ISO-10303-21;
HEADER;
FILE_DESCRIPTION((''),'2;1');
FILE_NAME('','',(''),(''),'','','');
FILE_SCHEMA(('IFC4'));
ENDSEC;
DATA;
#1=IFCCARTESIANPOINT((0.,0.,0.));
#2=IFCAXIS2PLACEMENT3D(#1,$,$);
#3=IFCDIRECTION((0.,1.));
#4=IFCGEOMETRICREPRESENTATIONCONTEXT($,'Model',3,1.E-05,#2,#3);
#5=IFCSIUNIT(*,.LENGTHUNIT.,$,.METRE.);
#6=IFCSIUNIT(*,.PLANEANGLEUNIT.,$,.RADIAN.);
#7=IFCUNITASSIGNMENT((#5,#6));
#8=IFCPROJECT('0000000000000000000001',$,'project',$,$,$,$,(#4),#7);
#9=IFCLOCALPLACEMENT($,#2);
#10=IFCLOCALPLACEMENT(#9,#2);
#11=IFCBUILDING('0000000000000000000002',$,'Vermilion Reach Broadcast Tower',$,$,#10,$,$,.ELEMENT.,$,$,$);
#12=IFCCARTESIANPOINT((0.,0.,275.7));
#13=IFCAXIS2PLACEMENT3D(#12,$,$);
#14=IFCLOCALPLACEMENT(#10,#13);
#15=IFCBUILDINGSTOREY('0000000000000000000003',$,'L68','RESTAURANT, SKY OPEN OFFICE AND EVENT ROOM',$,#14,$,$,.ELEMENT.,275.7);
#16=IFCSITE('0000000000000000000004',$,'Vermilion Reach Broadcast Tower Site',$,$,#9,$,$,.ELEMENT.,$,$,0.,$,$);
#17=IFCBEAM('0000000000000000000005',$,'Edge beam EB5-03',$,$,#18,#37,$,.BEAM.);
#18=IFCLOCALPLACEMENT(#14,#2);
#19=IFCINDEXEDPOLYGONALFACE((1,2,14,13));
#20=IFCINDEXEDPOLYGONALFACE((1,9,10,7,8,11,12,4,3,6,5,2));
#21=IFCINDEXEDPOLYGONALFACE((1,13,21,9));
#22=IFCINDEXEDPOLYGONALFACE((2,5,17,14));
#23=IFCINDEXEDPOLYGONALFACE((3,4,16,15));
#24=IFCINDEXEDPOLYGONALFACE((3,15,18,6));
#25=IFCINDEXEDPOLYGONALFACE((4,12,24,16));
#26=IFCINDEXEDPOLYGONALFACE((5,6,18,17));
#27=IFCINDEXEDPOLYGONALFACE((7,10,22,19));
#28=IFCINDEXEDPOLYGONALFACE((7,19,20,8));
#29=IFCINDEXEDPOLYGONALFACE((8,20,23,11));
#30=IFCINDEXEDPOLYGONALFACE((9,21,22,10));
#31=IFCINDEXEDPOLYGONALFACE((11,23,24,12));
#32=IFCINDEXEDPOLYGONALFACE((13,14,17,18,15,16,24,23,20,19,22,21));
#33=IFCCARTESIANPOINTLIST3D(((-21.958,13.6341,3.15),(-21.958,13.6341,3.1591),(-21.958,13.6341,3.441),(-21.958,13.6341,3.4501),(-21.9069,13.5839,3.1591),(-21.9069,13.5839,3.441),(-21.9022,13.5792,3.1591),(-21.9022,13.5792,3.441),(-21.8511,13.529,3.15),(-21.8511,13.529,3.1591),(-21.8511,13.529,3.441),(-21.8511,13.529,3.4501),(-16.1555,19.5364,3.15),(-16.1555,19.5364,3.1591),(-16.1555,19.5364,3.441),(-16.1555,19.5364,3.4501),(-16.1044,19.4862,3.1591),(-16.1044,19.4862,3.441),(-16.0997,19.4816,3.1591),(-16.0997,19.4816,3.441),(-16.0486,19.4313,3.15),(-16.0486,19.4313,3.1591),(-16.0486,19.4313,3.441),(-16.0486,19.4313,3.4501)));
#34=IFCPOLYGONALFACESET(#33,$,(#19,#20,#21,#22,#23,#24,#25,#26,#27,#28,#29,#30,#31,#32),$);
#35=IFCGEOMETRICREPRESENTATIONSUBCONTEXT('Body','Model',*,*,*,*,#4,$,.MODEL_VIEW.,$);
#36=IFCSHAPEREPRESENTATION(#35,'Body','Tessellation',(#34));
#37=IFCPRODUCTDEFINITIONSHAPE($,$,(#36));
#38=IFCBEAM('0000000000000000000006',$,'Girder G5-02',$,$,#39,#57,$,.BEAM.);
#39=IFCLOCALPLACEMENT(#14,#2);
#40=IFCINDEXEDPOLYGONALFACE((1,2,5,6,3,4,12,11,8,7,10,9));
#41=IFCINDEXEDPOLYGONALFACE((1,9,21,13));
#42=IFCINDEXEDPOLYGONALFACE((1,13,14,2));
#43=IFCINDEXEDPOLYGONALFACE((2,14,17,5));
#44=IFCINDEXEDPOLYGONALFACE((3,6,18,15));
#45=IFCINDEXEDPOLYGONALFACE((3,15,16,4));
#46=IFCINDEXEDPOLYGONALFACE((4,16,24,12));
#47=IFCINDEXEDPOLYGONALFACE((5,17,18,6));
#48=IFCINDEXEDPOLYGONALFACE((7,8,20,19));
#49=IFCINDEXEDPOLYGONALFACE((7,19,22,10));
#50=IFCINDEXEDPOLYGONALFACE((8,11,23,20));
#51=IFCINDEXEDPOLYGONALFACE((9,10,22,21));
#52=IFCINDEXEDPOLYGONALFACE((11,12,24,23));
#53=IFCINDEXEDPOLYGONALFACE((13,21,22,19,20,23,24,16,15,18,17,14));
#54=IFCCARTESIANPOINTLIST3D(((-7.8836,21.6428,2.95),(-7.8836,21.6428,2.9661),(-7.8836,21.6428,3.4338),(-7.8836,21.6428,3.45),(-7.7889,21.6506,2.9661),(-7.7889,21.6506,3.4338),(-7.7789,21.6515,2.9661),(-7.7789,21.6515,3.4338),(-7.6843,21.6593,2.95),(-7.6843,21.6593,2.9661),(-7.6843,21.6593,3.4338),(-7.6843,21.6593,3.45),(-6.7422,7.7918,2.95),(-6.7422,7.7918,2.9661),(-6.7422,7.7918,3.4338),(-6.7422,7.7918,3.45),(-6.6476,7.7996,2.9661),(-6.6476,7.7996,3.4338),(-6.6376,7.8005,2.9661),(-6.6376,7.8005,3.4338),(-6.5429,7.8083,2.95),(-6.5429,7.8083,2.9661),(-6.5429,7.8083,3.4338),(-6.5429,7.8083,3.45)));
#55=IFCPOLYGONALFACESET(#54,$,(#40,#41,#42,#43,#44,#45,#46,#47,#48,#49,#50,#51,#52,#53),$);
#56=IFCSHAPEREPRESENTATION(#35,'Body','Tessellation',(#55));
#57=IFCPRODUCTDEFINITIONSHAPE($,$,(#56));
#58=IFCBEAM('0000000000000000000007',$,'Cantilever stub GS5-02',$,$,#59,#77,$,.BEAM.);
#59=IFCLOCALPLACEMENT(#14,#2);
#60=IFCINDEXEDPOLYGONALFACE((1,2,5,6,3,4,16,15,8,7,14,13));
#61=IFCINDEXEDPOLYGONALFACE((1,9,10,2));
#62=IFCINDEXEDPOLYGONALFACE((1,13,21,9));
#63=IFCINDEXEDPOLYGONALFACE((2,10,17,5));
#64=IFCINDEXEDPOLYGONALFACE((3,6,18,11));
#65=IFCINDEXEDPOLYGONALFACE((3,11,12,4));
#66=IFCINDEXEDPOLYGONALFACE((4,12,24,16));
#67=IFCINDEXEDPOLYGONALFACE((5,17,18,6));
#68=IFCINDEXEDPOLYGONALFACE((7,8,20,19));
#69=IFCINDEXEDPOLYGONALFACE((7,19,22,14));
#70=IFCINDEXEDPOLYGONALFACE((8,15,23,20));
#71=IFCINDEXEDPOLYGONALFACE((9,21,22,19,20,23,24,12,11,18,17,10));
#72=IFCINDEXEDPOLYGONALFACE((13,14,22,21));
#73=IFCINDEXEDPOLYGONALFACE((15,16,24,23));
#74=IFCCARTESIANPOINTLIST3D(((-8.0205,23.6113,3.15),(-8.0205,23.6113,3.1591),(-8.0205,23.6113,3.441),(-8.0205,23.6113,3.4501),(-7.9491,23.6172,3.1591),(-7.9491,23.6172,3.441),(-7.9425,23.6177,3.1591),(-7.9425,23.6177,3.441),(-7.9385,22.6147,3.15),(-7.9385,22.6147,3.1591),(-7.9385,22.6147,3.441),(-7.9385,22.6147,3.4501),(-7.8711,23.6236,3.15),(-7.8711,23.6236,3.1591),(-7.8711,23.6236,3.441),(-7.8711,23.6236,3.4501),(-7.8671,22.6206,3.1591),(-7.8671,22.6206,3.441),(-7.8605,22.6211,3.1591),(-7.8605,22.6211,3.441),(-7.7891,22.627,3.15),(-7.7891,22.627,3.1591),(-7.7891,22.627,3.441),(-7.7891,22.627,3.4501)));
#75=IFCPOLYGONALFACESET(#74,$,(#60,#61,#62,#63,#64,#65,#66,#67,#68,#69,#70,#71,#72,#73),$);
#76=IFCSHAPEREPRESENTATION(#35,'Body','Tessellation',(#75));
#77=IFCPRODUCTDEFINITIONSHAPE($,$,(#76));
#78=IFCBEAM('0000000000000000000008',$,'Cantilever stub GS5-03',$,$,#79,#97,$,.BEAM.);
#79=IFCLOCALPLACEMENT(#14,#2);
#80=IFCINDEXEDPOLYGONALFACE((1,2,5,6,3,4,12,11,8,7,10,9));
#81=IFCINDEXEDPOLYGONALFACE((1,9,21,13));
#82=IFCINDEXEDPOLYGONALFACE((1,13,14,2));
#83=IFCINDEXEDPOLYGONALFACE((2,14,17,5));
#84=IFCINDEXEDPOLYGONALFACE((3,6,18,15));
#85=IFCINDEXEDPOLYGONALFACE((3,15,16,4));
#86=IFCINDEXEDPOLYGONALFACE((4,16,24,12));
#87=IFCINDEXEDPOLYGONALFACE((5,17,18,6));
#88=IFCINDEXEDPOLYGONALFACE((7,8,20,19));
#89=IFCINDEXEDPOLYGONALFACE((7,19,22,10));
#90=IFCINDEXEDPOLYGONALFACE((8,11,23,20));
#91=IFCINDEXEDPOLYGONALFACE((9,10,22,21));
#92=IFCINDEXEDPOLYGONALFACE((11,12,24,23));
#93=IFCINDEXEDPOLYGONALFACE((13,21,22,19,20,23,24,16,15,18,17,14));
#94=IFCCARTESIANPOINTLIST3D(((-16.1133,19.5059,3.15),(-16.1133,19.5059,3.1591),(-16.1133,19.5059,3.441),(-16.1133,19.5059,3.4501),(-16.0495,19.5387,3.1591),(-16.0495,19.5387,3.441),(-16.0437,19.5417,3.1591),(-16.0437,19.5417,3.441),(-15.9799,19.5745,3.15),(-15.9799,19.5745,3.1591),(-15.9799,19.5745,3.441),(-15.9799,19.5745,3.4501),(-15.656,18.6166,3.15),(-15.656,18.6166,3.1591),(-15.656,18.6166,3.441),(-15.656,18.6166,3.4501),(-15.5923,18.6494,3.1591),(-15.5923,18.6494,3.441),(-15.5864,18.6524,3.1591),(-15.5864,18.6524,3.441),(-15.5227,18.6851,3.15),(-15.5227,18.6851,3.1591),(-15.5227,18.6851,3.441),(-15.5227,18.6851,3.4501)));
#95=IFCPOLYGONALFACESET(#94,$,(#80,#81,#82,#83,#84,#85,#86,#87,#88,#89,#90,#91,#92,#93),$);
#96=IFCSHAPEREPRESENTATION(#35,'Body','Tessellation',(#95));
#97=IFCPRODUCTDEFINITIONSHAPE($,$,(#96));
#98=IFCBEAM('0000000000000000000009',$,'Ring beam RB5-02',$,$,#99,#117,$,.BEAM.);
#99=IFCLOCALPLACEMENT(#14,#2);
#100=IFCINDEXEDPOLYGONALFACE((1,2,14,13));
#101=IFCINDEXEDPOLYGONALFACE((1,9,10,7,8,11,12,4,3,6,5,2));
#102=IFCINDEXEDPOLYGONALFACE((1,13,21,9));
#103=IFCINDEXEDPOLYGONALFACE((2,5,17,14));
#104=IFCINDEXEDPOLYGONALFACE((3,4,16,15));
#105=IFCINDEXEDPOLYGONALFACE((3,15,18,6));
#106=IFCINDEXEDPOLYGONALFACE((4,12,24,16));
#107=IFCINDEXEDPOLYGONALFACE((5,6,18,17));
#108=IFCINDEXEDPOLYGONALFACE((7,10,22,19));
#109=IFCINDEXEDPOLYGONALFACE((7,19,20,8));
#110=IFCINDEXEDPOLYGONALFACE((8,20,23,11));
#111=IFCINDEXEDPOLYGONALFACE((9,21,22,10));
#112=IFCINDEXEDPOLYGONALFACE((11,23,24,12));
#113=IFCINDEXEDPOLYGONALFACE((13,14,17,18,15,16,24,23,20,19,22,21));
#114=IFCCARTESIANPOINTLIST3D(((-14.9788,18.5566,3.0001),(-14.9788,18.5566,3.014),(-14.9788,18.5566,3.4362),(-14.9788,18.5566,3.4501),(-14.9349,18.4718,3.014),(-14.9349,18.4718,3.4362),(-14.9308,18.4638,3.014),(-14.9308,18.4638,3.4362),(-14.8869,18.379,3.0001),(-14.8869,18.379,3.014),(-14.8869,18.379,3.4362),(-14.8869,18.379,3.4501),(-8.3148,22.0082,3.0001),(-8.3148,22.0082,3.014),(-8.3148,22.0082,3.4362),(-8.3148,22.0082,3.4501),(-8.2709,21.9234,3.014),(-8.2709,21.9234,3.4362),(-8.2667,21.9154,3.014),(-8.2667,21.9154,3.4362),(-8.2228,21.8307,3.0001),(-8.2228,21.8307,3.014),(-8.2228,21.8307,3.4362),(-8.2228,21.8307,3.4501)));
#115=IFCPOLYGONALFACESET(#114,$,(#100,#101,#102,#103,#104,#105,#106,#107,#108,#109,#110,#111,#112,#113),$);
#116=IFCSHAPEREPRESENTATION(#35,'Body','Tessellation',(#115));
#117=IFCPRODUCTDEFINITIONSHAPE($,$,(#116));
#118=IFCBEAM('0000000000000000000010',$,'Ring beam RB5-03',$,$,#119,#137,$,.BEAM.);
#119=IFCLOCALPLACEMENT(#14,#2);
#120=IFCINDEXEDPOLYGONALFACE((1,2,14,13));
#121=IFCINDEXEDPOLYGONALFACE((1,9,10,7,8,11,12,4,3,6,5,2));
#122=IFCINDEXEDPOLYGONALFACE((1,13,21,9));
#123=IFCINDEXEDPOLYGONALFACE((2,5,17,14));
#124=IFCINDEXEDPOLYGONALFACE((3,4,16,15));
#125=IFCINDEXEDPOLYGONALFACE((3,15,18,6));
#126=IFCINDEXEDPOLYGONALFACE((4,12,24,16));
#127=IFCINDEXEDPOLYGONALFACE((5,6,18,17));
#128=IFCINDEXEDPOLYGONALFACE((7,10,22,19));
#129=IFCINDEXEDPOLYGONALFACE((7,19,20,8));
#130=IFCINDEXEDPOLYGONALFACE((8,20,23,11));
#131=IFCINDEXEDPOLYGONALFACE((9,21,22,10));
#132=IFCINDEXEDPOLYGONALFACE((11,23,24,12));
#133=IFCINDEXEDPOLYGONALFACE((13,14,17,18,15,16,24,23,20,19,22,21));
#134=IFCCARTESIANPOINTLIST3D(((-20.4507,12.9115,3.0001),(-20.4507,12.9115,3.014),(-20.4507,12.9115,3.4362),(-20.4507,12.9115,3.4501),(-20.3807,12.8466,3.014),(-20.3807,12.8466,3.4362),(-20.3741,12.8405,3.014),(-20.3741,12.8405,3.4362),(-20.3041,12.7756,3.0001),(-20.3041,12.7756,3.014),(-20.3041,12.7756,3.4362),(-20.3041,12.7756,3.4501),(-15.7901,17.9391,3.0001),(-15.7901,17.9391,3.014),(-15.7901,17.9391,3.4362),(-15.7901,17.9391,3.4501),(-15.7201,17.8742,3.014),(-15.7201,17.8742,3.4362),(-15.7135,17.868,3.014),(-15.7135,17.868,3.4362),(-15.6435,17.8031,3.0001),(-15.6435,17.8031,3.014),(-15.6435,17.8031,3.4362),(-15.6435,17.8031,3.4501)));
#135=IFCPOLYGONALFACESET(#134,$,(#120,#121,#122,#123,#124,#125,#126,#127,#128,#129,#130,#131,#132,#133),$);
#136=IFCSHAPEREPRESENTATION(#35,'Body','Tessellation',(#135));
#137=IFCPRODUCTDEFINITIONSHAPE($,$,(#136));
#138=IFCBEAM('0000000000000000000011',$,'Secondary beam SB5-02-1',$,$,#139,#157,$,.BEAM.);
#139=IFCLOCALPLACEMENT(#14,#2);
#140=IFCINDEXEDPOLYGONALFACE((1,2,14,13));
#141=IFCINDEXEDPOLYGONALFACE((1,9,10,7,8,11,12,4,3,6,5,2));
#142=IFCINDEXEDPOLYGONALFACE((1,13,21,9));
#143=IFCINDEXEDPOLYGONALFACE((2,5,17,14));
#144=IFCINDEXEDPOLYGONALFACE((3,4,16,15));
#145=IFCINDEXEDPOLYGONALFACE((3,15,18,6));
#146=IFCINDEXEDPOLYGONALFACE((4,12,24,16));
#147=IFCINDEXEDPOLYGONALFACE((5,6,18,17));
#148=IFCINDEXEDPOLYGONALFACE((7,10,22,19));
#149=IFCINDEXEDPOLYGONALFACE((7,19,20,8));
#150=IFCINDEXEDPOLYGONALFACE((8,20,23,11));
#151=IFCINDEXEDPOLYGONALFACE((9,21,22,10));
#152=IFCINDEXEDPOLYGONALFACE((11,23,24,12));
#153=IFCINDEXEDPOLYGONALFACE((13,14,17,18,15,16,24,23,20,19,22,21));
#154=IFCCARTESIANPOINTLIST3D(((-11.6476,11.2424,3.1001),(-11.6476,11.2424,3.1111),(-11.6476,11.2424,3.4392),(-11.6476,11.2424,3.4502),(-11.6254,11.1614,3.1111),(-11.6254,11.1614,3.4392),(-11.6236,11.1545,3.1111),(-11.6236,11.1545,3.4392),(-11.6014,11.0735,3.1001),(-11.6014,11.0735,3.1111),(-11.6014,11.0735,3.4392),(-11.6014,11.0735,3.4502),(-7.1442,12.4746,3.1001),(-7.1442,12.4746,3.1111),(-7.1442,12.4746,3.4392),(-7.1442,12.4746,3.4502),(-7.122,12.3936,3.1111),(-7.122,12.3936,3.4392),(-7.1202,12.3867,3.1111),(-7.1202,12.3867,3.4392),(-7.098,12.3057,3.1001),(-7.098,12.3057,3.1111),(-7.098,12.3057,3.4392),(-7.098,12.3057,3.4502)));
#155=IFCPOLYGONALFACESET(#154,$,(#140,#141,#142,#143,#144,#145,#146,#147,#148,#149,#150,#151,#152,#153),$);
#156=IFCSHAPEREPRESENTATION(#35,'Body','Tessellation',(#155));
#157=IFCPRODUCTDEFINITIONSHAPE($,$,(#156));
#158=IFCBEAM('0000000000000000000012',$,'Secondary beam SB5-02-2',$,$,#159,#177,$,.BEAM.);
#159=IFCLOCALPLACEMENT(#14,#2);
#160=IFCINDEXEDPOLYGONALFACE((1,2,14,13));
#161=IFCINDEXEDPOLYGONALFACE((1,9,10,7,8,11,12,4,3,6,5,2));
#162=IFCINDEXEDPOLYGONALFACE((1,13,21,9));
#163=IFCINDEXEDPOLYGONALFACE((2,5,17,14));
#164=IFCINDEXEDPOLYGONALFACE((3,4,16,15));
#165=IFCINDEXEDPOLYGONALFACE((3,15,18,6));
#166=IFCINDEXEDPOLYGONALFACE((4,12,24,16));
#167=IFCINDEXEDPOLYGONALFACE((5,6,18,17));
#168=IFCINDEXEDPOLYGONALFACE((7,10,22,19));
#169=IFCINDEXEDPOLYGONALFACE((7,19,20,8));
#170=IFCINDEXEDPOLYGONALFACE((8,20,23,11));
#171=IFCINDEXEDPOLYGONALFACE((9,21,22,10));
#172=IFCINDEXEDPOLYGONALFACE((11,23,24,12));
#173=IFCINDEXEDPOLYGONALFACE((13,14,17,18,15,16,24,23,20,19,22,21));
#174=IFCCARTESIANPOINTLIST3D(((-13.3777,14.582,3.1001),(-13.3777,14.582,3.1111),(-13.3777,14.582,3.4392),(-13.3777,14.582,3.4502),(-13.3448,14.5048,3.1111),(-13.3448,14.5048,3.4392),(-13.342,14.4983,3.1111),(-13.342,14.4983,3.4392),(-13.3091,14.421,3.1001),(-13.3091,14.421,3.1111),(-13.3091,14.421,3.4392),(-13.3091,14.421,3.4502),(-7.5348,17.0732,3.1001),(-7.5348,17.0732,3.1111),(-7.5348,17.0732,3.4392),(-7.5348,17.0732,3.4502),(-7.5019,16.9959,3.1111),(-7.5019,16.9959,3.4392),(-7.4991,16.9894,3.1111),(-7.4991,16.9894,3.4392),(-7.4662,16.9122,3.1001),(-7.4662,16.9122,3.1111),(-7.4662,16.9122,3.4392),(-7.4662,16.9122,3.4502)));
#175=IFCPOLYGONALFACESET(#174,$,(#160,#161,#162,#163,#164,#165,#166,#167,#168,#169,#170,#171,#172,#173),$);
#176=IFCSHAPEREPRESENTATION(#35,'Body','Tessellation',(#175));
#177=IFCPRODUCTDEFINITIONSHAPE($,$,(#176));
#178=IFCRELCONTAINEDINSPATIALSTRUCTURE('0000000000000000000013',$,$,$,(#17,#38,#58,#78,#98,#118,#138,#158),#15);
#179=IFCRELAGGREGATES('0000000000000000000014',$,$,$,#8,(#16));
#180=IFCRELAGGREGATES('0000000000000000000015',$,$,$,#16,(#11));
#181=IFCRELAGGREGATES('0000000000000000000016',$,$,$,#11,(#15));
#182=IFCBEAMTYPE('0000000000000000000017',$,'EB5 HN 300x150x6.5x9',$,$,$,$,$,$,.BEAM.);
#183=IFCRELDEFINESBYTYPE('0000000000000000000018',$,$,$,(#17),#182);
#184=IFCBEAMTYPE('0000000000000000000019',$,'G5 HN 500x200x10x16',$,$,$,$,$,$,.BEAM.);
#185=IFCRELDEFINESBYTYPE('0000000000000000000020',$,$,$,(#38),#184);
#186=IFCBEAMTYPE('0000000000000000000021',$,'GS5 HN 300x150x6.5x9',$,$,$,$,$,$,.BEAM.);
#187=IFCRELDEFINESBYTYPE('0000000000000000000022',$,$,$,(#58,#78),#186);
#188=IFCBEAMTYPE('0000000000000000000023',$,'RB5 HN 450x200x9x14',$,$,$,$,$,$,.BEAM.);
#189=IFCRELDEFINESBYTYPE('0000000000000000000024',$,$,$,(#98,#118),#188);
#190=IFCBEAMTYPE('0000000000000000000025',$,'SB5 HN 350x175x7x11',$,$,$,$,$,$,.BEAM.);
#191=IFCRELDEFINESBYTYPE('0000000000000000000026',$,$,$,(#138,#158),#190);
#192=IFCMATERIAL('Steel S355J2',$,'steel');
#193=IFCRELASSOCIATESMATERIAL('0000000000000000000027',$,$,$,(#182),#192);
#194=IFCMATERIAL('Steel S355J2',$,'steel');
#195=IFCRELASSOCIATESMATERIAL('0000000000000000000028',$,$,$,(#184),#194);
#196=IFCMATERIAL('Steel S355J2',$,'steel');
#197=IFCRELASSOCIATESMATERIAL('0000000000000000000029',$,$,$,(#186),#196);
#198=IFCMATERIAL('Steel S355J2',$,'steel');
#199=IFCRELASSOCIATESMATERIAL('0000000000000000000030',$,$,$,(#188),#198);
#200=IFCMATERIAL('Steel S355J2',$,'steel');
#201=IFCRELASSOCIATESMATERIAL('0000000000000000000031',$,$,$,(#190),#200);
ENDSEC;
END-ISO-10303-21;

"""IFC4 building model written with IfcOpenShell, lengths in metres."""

from ifc_helpers import new_model, si_unit, direction, frame, origin, origin_2d, place, context, subcontext, project, spatial, i_section, extrude, material, material_profile, profile_set, type_object, element, save


model = new_model("IFC4")

# Units and contexts
model_context = context("Model", 3, precision=1e-05, world=origin(), true_north=direction((0.0, 1.0)))
body_context = subcontext(model_context, "Body", "Model", "MODEL_VIEW")
ifc_project = project(units=[si_unit("LENGTHUNIT", "METRE"), si_unit("PLANEANGLEUNIT", "RADIAN")], contexts=[model_context])

# Site, building, storey
site_placement = place(None, origin())
site = spatial("IfcSite", under=ifc_project, at=site_placement, Name="Vermilion Reach Broadcast Tower Site", CompositionType="ELEMENT", RefElevation=0.0)
building_placement = place(site_placement, origin())
building = spatial("IfcBuilding", under=site, at=building_placement, Name="Vermilion Reach Broadcast Tower", CompositionType="ELEMENT")
storey_placement = place(building_placement, frame((0.0, 0.0, 275.7)))
storey = spatial("IfcBuildingStorey", under=building, at=storey_placement, Name="L68", Description="RESTAURANT, SKY OPEN OFFICE AND EVENT ROOM", CompositionType="ELEMENT", Elevation=275.7)

# Beams
ifc_material_1 = material(Name="Steel S355J2", Category="steel")
ifc_material_profile_1 = material_profile(ifc_material_1, i_section(OverallWidth=0.1499, OverallDepth=0.3, WebThickness=0.0066, FlangeThickness=0.009, at=origin_2d()), Name="S355J2 HN 300x150x6.5x9")
ifc_profile_set_1 = profile_set([ifc_material_profile_1], Name="Steel S355J2")
beam_type_1 = type_object("IfcBeamType", Name="EB5 HN 300x150x6.5x9", PredefinedType="BEAM", material=ifc_profile_set_1)
beam_1_placement = place(storey_placement, frame((-16.1021, 19.4839, 3.3), z_axis=(-0.701049, -0.713113, 0.0), x_axis=(0.713113, -0.701049, 0.0)))
element("IfcBeam", 1, at=beam_1_placement, inside=storey, type_object=beam_type_1, Name="Edge beam EB5-03", PredefinedType="BEAM", context=body_context, shape_type="SweptSolid", body=[
    extrude(i_section(OverallWidth=0.1499, OverallDepth=0.3, WebThickness=0.0066, FlangeThickness=0.009, at=origin_2d()), origin(), (0.0, 0.0, 1.0), 8.2769),
])
ifc_material_2 = material(Name="Steel S355J2", Category="steel")
ifc_material_profile_2 = material_profile(ifc_material_2, i_section(OverallWidth=0.2, OverallDepth=0.5, WebThickness=0.01, FlangeThickness=0.0161, at=origin_2d()), Name="S355J2 HN 500x200x10x16")
ifc_profile_set_2 = profile_set([ifc_material_profile_2], Name="Steel S355J2")
beam_type_2 = type_object("IfcBeamType", Name="G5 HN 500x200x10x16", PredefinedType="BEAM", material=ifc_profile_set_2)
beam_2_placement = place(storey_placement, frame((-6.6426, 7.8, 3.2), z_axis=(-0.082124, 0.996622, 0.0), x_axis=(-0.996622, -0.082124, 0.0)))
element("IfcBeam", 2, at=beam_2_placement, inside=storey, type_object=beam_type_2, Name="Girder G5-02", PredefinedType="BEAM", context=body_context, shape_type="SweptSolid", body=[
    extrude(i_section(OverallWidth=0.2, OverallDepth=0.5, WebThickness=0.01, FlangeThickness=0.0161, at=origin_2d()), origin(), (0.0, 0.0, 1.0), 13.8979),
])
ifc_material_3 = material(Name="Steel S355J2", Category="steel")
ifc_material_profile_3 = material_profile(ifc_material_3, i_section(OverallWidth=0.1499, OverallDepth=0.3, WebThickness=0.0066, FlangeThickness=0.009, at=origin_2d()), Name="S355J2 HN 300x150x6.5x9")
ifc_profile_set_3 = profile_set([ifc_material_profile_3], Name="Steel S355J2")
beam_type_3 = type_object("IfcBeamType", Name="GS5 HN 300x150x6.5x9", PredefinedType="BEAM", material=ifc_profile_set_3)
for number, where, z_axis, x_axis, name in (
    (3, (-7.8638, 22.6208, 3.3), (-0.082035, 0.996629, 0.0), (-0.996629, -0.082035, 0.0), "Cantilever stub GS5-02"),
    (4, (-15.5894, 18.6509, 3.3), (-0.457243, 0.889342, 0.0), (-0.889342, -0.457243, 0.0), "Cantilever stub GS5-03"),
):
    element("IfcBeam", number, at=place(storey_placement, frame(where, z_axis=z_axis, x_axis=x_axis)), inside=storey, type_object=beam_type_3, Name=name, PredefinedType="BEAM", context=body_context, shape_type="SweptSolid", body=[
        extrude(i_section(OverallWidth=0.1499, OverallDepth=0.3, WebThickness=0.0066, FlangeThickness=0.009, at=origin_2d()), origin(), (0.0, 0.0, 1.0), 1.0),
    ])
ifc_material_4 = material(Name="Steel S355J2", Category="steel")
ifc_material_profile_4 = material_profile(ifc_material_4, i_section(OverallWidth=0.2, OverallDepth=0.45, WebThickness=0.009, FlangeThickness=0.0139, at=origin_2d()), Name="S355J2 HN 450x200x9x14")
ifc_profile_set_4 = profile_set([ifc_material_profile_4], Name="Steel S355J2")
beam_type_4 = type_object("IfcBeamType", Name="RB5 HN 450x200x9x14", PredefinedType="BEAM", material=ifc_profile_set_4)
beam_3_placement = place(storey_placement, frame((-8.2688, 21.9194, 3.2251), z_axis=(-0.88796, -0.45992, 0.0), x_axis=(0.45992, -0.88796, 0.0)))
element("IfcBeam", 5, at=beam_3_placement, inside=storey, type_object=beam_type_4, Name="Ring beam RB5-02", PredefinedType="BEAM", context=body_context, shape_type="SweptSolid", body=[
    extrude(i_section(OverallWidth=0.2, OverallDepth=0.45, WebThickness=0.009, FlangeThickness=0.0139, at=origin_2d()), origin(), (0.0, 0.0, 1.0), 7.5049),
])
beam_4_placement = place(storey_placement, frame((-15.7168, 17.8711, 3.2251), z_axis=(-0.679838, -0.733363, 0.0), x_axis=(0.733363, -0.679838, 0.0)))
element("IfcBeam", 6, at=beam_4_placement, inside=storey, type_object=beam_type_4, Name="Ring beam RB5-03", PredefinedType="BEAM", context=body_context, shape_type="SweptSolid", body=[
    extrude(i_section(OverallWidth=0.2, OverallDepth=0.45, WebThickness=0.009, FlangeThickness=0.0139, at=origin_2d()), origin(), (0.0, 0.0, 1.0), 6.8555),
])
ifc_material_5 = material(Name="Steel S355J2", Category="steel")
ifc_material_profile_5 = material_profile(ifc_material_5, i_section(OverallWidth=0.175, OverallDepth=0.3501, WebThickness=0.0071, FlangeThickness=0.011, at=origin_2d()), Name="S355J2 HN 350x175x7x11")
ifc_profile_set_5 = profile_set([ifc_material_profile_5], Name="Steel S355J2")
beam_type_5 = type_object("IfcBeamType", Name="SB5 HN 350x175x7x11", PredefinedType="BEAM", material=ifc_profile_set_5)
beam_5_placement = place(storey_placement, frame((-7.1211, 12.3901, 3.2751), z_axis=(-0.964547, -0.263909, 0.0), x_axis=(0.263909, -0.964547, 0.0)))
element("IfcBeam", 7, at=beam_5_placement, inside=storey, type_object=beam_type_5, Name="Secondary beam SB5-02-1", PredefinedType="BEAM", context=body_context, shape_type="SweptSolid", body=[
    extrude(i_section(OverallWidth=0.175, OverallDepth=0.3501, WebThickness=0.0071, FlangeThickness=0.011, at=origin_2d()), origin(), (0.0, 0.0, 1.0), 4.6689),
])
beam_6_placement = place(storey_placement, frame((-7.5005, 16.9927, 3.2751), z_axis=(-0.919881, -0.392198, 0.0), x_axis=(0.392198, -0.919881, 0.0)))
element("IfcBeam", 8, at=beam_6_placement, inside=storey, type_object=beam_type_5, Name="Secondary beam SB5-02-2", PredefinedType="BEAM", context=body_context, shape_type="SweptSolid", body=[
    extrude(i_section(OverallWidth=0.175, OverallDepth=0.3501, WebThickness=0.0071, FlangeThickness=0.011, at=origin_2d()), origin(), (0.0, 0.0, 1.0), 6.3518),
])

save(model, "model.ifc")
